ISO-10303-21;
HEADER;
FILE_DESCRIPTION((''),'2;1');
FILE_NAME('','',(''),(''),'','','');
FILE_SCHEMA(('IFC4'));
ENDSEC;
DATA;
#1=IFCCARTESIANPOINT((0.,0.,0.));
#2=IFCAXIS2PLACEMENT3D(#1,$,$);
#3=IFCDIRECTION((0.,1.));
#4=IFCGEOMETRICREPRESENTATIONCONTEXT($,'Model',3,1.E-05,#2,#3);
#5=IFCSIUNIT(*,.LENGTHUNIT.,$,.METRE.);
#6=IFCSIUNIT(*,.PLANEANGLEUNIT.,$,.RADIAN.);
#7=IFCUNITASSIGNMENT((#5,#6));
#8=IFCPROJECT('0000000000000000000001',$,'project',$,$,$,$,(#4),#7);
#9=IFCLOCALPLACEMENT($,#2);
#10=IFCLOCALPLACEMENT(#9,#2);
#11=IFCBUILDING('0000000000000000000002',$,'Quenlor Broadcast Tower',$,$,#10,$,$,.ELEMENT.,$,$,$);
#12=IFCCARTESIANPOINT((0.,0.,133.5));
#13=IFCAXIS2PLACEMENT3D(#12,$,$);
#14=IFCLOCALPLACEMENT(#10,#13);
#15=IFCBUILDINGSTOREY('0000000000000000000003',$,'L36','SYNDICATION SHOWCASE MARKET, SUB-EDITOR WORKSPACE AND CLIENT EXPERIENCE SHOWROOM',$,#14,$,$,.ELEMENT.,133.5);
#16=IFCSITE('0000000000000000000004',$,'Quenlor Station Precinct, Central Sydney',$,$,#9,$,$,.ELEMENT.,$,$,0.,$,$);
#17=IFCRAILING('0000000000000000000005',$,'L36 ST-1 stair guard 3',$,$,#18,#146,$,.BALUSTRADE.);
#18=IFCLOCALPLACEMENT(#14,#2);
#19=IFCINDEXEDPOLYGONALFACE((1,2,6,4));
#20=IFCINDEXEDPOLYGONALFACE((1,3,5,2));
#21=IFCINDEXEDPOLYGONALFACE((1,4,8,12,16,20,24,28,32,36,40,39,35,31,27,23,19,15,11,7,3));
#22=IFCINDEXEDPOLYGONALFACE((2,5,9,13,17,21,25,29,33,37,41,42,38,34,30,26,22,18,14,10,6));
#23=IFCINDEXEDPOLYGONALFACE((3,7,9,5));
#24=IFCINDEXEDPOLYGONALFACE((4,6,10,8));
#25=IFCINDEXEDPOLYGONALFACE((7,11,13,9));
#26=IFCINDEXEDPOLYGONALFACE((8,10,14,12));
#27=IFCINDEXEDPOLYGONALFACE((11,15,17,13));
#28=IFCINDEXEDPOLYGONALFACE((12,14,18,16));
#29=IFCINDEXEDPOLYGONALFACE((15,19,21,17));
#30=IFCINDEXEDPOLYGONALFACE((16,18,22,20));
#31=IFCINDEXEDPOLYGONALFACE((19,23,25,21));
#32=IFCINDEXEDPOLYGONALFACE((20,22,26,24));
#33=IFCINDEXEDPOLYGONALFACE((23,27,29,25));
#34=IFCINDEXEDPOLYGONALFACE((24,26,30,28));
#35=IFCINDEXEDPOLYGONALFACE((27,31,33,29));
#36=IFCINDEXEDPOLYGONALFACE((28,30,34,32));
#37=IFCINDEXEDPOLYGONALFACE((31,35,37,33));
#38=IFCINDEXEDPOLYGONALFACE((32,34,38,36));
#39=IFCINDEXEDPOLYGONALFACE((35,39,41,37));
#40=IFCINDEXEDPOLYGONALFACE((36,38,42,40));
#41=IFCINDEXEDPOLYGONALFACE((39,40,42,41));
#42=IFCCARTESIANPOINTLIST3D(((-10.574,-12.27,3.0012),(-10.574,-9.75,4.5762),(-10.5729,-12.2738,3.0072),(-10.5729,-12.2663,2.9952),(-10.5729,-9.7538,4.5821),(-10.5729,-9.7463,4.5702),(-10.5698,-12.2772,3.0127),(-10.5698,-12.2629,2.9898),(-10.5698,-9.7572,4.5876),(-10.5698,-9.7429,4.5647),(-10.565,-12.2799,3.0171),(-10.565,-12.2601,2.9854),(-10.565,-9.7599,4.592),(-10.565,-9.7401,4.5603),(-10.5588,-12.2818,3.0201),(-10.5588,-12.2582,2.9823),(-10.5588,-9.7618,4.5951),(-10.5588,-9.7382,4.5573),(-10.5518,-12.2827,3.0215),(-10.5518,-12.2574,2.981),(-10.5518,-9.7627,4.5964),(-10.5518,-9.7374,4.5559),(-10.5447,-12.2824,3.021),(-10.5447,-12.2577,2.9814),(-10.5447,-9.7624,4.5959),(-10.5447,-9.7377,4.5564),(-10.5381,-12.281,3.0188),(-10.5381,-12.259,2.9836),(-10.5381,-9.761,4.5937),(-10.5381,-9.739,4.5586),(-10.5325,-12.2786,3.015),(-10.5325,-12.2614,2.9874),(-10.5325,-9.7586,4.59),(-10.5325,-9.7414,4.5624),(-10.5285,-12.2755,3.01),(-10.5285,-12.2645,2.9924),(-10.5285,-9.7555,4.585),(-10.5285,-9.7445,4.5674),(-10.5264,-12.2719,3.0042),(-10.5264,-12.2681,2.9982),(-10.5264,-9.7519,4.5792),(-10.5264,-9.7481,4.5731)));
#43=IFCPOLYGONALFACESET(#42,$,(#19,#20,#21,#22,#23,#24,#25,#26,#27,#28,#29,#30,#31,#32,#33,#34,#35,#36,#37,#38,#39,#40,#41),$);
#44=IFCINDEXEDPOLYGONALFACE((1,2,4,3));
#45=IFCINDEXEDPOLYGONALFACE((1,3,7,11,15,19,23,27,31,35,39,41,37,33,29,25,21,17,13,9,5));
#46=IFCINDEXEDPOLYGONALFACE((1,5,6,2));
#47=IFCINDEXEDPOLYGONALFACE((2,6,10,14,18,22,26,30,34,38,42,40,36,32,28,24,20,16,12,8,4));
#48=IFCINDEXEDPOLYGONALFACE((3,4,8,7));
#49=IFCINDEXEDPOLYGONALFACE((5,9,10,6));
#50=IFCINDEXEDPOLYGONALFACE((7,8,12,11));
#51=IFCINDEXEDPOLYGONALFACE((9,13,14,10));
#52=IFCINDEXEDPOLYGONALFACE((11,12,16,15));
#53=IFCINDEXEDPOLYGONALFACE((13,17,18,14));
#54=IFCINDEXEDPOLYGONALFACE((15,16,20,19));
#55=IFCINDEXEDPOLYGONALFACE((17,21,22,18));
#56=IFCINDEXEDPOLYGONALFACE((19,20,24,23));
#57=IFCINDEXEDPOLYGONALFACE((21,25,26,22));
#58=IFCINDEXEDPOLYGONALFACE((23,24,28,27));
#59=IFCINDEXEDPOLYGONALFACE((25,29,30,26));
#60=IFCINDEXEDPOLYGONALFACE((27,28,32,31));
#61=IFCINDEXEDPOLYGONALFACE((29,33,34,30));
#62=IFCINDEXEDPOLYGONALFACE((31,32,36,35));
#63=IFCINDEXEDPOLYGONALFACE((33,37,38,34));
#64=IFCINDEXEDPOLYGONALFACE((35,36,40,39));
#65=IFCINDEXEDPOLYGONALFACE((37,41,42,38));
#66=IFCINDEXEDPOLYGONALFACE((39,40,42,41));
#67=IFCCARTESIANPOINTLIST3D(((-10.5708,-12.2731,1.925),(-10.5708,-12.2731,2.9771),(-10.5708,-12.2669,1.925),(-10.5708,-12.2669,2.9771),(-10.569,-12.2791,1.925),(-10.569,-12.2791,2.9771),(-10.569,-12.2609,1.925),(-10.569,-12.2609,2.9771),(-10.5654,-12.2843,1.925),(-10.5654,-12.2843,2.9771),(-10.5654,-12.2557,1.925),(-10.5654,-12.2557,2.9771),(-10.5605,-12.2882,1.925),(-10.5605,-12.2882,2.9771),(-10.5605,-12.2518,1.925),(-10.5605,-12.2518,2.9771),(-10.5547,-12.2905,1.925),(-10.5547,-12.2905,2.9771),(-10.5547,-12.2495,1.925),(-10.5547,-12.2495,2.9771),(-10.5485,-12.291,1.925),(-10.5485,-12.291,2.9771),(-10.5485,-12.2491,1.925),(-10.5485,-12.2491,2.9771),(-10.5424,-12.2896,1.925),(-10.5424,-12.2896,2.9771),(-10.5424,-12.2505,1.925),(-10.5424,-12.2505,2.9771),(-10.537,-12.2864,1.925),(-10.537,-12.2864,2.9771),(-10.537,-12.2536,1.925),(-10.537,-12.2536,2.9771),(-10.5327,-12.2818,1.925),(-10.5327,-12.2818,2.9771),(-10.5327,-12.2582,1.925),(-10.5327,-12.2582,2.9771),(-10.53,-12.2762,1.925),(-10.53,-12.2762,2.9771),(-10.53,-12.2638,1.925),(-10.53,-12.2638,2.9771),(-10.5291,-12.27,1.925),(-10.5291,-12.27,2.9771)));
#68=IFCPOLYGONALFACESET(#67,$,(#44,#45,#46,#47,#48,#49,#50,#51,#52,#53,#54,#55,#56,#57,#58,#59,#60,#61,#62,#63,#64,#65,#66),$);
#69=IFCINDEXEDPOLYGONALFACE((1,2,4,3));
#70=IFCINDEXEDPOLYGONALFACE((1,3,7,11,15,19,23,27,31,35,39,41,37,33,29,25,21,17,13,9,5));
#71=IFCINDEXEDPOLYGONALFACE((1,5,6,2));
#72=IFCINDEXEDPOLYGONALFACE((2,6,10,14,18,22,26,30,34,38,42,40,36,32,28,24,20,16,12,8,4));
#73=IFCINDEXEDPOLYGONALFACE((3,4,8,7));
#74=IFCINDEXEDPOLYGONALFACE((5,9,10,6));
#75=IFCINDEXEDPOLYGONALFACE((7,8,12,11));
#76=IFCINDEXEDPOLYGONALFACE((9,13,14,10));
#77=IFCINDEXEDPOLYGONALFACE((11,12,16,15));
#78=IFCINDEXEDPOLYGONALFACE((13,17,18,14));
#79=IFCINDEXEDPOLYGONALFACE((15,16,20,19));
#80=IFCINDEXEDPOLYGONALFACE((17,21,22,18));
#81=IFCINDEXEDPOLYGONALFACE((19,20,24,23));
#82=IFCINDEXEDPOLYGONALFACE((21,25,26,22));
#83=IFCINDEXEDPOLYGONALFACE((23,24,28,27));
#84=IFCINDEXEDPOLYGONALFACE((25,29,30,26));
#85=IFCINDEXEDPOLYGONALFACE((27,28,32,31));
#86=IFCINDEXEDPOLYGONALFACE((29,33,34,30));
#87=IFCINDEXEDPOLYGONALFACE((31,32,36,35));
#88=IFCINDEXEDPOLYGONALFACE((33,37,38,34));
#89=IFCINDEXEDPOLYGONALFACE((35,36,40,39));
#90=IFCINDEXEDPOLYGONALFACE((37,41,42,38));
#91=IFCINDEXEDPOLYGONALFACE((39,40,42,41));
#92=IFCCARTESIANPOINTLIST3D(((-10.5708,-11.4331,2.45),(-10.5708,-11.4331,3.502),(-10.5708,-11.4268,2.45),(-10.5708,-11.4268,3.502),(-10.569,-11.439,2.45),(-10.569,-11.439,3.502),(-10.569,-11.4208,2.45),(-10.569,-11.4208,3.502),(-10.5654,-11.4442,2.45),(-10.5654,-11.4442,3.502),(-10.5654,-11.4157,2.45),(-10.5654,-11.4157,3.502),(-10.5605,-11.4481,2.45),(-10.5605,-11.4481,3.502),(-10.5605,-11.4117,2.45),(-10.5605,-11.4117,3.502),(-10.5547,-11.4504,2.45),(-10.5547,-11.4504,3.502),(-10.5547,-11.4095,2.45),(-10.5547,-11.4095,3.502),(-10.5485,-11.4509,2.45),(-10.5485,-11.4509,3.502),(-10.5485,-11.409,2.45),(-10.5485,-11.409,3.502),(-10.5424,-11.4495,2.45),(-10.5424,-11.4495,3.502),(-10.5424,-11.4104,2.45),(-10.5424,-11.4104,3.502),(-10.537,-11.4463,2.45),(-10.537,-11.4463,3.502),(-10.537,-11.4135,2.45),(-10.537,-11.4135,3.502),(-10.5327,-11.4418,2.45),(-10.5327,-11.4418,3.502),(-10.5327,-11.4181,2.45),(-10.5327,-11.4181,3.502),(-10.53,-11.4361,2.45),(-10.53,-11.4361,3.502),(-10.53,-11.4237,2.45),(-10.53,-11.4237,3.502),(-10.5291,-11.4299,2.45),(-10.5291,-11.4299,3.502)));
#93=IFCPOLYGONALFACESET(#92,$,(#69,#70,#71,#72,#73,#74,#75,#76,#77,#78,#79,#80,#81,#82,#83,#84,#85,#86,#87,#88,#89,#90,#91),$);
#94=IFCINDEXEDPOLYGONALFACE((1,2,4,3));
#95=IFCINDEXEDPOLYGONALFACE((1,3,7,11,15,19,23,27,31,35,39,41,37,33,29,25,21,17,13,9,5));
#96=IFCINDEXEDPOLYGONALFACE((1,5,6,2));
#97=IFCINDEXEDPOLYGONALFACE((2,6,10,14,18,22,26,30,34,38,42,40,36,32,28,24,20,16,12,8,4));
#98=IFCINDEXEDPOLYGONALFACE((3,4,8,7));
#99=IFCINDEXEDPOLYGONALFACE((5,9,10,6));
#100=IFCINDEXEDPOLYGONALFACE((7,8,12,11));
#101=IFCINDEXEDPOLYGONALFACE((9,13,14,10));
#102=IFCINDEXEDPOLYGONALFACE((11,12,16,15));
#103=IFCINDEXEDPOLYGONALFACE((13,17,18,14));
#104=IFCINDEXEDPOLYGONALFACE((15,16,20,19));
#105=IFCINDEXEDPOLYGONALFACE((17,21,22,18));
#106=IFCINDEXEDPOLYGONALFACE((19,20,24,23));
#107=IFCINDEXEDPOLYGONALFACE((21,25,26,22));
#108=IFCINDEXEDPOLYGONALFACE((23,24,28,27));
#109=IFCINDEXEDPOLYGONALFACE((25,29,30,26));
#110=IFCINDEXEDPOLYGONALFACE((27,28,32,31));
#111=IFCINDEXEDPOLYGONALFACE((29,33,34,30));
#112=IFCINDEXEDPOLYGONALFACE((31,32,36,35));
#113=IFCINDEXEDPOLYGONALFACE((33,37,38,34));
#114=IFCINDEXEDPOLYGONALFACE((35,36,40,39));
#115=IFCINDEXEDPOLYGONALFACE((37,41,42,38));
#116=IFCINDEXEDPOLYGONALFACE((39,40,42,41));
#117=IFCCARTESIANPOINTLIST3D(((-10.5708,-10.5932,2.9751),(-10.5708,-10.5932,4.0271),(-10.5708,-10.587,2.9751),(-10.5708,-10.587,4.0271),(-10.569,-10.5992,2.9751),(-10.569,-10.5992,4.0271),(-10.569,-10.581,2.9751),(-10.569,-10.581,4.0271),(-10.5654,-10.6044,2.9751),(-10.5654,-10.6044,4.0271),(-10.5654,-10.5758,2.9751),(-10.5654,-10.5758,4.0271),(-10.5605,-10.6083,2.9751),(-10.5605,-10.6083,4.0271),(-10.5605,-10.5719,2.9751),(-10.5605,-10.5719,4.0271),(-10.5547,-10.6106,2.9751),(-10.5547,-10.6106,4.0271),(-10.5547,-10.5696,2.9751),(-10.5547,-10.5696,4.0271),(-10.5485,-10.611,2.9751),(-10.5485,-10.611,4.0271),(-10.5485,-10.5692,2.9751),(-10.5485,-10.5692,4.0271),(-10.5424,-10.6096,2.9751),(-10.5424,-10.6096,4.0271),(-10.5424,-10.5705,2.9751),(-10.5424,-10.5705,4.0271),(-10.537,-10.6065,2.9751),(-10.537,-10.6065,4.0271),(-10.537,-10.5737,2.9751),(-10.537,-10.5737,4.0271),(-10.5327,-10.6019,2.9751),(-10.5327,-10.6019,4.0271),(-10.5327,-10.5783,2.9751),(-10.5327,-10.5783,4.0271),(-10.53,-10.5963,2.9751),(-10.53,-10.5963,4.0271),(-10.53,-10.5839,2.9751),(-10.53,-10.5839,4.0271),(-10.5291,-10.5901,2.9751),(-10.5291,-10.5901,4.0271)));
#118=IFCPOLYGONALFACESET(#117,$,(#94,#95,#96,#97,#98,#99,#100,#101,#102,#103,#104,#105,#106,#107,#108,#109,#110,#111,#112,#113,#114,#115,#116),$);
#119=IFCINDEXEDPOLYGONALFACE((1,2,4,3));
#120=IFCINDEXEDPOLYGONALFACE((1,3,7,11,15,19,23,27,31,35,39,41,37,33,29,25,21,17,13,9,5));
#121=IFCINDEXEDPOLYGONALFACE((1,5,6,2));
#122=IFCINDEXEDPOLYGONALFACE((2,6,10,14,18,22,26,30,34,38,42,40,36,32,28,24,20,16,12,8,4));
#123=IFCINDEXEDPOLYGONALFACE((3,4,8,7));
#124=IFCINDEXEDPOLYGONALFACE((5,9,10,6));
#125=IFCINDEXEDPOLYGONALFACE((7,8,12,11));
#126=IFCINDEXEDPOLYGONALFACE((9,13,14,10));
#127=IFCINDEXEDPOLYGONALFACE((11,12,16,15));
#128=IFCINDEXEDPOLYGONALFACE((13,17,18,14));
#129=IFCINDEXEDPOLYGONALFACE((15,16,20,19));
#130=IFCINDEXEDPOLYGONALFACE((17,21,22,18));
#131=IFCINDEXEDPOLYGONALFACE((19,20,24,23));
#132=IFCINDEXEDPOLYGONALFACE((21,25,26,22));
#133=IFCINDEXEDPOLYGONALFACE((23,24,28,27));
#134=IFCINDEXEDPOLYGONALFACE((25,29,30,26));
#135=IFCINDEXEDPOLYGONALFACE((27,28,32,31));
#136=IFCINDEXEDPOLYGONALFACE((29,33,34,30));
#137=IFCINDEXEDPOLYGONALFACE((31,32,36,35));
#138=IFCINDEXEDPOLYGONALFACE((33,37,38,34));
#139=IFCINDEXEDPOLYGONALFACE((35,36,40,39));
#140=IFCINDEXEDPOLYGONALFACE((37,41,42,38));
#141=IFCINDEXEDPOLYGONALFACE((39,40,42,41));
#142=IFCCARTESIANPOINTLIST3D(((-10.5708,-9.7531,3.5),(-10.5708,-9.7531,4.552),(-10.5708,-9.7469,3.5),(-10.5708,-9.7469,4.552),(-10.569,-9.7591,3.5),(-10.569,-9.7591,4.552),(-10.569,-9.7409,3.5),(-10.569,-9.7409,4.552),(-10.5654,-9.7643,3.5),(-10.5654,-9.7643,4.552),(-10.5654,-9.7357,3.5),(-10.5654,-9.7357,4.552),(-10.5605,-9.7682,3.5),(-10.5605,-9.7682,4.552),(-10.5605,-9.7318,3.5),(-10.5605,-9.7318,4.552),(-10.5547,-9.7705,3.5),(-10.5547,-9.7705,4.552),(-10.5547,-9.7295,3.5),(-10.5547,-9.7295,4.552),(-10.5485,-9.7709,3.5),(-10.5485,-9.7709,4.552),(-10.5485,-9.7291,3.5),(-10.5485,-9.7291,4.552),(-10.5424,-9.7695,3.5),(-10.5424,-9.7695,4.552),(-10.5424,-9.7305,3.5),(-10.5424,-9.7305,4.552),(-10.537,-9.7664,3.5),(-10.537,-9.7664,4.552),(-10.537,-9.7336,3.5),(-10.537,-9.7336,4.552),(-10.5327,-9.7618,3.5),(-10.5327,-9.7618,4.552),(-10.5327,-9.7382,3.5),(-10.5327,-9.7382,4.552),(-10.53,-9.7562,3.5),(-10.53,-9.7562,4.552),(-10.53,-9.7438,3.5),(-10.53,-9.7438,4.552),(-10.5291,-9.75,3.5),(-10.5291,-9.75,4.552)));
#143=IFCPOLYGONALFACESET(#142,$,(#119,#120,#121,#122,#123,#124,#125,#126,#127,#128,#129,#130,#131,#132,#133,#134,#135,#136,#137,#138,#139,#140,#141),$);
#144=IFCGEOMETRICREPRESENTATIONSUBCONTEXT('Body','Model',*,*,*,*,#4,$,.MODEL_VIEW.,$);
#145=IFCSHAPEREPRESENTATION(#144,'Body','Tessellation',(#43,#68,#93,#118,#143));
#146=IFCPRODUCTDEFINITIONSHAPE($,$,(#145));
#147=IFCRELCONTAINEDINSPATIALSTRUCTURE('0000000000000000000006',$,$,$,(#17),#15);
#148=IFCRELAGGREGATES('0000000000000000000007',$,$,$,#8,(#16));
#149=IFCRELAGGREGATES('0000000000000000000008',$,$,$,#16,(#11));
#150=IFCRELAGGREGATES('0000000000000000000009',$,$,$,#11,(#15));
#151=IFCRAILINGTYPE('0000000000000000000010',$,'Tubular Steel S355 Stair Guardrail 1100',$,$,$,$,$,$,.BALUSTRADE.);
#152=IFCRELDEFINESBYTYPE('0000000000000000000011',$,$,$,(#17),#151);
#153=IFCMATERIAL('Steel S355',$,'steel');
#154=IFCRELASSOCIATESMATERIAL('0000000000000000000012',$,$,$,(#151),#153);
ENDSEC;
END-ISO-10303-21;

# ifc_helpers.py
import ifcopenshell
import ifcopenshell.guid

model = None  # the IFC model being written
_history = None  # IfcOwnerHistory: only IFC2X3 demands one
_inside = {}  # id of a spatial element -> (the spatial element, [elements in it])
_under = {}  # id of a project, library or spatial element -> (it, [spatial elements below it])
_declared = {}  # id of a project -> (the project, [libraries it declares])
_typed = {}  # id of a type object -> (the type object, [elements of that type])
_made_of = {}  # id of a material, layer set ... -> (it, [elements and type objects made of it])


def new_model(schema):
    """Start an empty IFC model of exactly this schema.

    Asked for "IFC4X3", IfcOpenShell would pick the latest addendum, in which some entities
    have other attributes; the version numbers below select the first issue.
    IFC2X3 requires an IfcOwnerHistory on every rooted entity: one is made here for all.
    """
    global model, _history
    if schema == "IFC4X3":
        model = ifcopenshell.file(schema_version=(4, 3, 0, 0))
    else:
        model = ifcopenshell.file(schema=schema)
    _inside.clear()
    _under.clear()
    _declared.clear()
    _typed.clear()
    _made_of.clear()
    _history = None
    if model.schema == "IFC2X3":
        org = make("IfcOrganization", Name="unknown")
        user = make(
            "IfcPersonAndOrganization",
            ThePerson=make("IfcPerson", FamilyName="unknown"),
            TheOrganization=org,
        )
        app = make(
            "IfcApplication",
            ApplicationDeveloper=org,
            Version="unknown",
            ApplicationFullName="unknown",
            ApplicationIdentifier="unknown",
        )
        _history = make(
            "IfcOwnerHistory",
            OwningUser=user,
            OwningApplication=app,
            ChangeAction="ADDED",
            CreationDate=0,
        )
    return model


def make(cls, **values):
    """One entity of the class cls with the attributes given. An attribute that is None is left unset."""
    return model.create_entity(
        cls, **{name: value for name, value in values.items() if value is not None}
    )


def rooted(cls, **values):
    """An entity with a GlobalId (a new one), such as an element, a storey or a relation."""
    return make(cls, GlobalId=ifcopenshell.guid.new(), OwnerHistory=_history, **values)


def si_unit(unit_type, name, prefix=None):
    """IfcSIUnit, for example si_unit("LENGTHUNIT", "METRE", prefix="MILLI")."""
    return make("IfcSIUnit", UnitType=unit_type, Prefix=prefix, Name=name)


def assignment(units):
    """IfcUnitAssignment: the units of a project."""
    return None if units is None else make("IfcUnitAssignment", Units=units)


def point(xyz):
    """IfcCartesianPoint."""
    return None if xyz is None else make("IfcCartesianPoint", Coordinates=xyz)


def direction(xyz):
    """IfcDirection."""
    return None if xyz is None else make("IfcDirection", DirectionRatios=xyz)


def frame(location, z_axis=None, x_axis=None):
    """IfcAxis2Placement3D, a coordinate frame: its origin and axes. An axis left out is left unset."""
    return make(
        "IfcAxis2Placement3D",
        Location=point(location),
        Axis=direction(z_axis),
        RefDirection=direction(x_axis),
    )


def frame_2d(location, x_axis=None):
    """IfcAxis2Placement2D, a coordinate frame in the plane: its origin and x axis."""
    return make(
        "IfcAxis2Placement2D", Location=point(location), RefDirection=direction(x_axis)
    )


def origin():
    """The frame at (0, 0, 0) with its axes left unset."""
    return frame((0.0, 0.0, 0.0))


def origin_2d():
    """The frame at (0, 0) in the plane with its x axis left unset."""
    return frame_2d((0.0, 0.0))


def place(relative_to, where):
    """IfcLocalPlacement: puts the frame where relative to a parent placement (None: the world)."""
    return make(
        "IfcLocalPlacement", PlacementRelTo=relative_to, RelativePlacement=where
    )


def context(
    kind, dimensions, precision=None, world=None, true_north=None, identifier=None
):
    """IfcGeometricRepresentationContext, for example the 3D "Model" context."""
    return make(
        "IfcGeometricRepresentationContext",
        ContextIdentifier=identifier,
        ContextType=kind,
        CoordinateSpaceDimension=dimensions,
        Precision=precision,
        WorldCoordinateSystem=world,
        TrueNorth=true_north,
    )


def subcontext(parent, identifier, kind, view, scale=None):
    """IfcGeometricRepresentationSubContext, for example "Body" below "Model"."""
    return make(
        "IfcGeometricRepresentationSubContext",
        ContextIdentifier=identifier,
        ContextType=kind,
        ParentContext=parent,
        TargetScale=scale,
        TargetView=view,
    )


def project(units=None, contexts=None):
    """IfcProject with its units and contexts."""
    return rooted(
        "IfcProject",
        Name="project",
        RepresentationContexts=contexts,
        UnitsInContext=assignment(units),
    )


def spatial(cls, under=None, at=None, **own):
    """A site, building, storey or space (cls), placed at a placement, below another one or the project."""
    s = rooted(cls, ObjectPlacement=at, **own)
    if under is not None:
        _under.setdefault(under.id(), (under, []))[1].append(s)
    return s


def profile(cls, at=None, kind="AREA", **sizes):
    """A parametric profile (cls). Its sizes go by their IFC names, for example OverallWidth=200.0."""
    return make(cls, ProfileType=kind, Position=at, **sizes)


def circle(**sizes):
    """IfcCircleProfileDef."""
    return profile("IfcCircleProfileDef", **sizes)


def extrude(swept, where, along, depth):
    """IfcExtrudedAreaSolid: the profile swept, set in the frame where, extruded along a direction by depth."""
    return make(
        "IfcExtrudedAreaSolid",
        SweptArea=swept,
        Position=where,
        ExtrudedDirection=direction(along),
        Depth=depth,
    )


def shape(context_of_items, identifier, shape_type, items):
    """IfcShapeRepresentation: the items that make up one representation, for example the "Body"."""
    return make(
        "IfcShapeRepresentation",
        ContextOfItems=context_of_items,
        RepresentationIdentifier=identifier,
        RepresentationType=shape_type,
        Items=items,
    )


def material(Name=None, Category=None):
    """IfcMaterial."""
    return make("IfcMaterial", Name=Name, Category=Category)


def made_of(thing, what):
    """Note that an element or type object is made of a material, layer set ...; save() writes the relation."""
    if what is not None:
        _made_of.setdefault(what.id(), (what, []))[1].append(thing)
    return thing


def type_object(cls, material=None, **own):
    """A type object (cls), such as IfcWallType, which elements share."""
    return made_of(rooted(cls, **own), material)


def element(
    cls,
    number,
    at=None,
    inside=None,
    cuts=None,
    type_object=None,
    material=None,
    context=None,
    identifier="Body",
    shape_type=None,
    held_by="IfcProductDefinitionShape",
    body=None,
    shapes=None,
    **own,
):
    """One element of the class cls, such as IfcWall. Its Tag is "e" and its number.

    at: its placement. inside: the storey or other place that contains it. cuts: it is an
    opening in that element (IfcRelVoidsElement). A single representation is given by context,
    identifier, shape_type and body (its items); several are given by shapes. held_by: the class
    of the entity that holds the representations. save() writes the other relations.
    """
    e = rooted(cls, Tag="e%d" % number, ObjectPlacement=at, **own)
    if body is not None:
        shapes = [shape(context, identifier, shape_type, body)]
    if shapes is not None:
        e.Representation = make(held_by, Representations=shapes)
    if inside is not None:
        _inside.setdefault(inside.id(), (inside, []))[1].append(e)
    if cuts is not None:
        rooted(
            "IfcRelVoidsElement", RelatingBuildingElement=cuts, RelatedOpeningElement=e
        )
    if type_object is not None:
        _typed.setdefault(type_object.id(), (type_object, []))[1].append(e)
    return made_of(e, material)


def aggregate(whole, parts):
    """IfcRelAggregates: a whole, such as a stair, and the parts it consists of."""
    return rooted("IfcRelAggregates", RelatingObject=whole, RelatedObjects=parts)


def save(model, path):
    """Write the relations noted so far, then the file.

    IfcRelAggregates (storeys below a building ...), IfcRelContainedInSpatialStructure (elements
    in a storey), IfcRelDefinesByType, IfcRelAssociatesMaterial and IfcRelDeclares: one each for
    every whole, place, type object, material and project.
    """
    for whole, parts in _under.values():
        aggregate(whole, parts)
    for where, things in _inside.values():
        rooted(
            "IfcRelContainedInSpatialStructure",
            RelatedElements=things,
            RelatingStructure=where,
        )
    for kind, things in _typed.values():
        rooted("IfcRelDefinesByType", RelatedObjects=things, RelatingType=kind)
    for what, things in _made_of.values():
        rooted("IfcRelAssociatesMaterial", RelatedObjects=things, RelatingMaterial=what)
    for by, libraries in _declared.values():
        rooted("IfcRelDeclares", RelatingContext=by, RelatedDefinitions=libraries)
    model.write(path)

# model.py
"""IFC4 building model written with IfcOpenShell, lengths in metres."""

from ifc_helpers import new_model, si_unit, direction, frame, origin, origin_2d, place, context, subcontext, project, spatial, circle, extrude, material, type_object, element, save


model = new_model("IFC4")

# Units and contexts
model_context = context("Model", 3, precision=1e-05, world=origin(), true_north=direction((0.0, 1.0)))
body_context = subcontext(model_context, "Body", "Model", "MODEL_VIEW")
ifc_project = project(units=[si_unit("LENGTHUNIT", "METRE"), si_unit("PLANEANGLEUNIT", "RADIAN")], contexts=[model_context])

# Site, building, storey
site_placement = place(None, origin())
site = spatial("IfcSite", under=ifc_project, at=site_placement, Name="Quenlor Station Precinct, Central Sydney", CompositionType="ELEMENT", RefElevation=0.0)
building_placement = place(site_placement, origin())
building = spatial("IfcBuilding", under=site, at=building_placement, Name="Quenlor Broadcast Tower", CompositionType="ELEMENT")
storey_placement = place(building_placement, frame((0.0, 0.0, 133.5)))
storey = spatial("IfcBuildingStorey", under=building, at=storey_placement, Name="L36", Description="SYNDICATION SHOWCASE MARKET, SUB-EDITOR WORKSPACE AND CLIENT EXPERIENCE SHOWROOM", CompositionType="ELEMENT", Elevation=133.5)

# Railing
ifc_material_1 = material(Name="Steel S355", Category="steel")
railing_type_1 = type_object("IfcRailingType", Name="Tubular Steel S355 Stair Guardrail 1100", PredefinedType="BALUSTRADE", material=ifc_material_1)
railing_1_placement = place(storey_placement, frame((-10.55, -12.27, 1.925)))
element("IfcRailing", 1, at=railing_1_placement, inside=storey, type_object=railing_type_1, Name="L36 ST-1 stair guard 3", PredefinedType="BALUSTRADE", context=body_context, shape_type="SweptSolid", body=[
    extrude(circle(Radius=0.0239, at=origin_2d()), frame((0.0, 0.0, 1.0762), z_axis=(0.0, 0.848008, 0.529984), x_axis=(-1.0, 0.0, 0.0)), (0.0, 0.0, 1.0), 2.9717),
    extrude(circle(Radius=0.021, at=origin_2d()), origin(), (0.0, 0.0, 1.0), 1.052),
    extrude(circle(Radius=0.021, at=origin_2d()), frame((0.0, 0.8401, 0.5249)), (0.0, 0.0, 1.0), 1.052),
    extrude(circle(Radius=0.021, at=origin_2d()), frame((0.0, 1.6799, 1.05)), (0.0, 0.0, 1.0), 1.052),
    extrude(circle(Radius=0.021, at=origin_2d()), frame((0.0, 2.52, 1.575)), (0.0, 0.0, 1.0), 1.052),
])

save(model, "model.ifc")
